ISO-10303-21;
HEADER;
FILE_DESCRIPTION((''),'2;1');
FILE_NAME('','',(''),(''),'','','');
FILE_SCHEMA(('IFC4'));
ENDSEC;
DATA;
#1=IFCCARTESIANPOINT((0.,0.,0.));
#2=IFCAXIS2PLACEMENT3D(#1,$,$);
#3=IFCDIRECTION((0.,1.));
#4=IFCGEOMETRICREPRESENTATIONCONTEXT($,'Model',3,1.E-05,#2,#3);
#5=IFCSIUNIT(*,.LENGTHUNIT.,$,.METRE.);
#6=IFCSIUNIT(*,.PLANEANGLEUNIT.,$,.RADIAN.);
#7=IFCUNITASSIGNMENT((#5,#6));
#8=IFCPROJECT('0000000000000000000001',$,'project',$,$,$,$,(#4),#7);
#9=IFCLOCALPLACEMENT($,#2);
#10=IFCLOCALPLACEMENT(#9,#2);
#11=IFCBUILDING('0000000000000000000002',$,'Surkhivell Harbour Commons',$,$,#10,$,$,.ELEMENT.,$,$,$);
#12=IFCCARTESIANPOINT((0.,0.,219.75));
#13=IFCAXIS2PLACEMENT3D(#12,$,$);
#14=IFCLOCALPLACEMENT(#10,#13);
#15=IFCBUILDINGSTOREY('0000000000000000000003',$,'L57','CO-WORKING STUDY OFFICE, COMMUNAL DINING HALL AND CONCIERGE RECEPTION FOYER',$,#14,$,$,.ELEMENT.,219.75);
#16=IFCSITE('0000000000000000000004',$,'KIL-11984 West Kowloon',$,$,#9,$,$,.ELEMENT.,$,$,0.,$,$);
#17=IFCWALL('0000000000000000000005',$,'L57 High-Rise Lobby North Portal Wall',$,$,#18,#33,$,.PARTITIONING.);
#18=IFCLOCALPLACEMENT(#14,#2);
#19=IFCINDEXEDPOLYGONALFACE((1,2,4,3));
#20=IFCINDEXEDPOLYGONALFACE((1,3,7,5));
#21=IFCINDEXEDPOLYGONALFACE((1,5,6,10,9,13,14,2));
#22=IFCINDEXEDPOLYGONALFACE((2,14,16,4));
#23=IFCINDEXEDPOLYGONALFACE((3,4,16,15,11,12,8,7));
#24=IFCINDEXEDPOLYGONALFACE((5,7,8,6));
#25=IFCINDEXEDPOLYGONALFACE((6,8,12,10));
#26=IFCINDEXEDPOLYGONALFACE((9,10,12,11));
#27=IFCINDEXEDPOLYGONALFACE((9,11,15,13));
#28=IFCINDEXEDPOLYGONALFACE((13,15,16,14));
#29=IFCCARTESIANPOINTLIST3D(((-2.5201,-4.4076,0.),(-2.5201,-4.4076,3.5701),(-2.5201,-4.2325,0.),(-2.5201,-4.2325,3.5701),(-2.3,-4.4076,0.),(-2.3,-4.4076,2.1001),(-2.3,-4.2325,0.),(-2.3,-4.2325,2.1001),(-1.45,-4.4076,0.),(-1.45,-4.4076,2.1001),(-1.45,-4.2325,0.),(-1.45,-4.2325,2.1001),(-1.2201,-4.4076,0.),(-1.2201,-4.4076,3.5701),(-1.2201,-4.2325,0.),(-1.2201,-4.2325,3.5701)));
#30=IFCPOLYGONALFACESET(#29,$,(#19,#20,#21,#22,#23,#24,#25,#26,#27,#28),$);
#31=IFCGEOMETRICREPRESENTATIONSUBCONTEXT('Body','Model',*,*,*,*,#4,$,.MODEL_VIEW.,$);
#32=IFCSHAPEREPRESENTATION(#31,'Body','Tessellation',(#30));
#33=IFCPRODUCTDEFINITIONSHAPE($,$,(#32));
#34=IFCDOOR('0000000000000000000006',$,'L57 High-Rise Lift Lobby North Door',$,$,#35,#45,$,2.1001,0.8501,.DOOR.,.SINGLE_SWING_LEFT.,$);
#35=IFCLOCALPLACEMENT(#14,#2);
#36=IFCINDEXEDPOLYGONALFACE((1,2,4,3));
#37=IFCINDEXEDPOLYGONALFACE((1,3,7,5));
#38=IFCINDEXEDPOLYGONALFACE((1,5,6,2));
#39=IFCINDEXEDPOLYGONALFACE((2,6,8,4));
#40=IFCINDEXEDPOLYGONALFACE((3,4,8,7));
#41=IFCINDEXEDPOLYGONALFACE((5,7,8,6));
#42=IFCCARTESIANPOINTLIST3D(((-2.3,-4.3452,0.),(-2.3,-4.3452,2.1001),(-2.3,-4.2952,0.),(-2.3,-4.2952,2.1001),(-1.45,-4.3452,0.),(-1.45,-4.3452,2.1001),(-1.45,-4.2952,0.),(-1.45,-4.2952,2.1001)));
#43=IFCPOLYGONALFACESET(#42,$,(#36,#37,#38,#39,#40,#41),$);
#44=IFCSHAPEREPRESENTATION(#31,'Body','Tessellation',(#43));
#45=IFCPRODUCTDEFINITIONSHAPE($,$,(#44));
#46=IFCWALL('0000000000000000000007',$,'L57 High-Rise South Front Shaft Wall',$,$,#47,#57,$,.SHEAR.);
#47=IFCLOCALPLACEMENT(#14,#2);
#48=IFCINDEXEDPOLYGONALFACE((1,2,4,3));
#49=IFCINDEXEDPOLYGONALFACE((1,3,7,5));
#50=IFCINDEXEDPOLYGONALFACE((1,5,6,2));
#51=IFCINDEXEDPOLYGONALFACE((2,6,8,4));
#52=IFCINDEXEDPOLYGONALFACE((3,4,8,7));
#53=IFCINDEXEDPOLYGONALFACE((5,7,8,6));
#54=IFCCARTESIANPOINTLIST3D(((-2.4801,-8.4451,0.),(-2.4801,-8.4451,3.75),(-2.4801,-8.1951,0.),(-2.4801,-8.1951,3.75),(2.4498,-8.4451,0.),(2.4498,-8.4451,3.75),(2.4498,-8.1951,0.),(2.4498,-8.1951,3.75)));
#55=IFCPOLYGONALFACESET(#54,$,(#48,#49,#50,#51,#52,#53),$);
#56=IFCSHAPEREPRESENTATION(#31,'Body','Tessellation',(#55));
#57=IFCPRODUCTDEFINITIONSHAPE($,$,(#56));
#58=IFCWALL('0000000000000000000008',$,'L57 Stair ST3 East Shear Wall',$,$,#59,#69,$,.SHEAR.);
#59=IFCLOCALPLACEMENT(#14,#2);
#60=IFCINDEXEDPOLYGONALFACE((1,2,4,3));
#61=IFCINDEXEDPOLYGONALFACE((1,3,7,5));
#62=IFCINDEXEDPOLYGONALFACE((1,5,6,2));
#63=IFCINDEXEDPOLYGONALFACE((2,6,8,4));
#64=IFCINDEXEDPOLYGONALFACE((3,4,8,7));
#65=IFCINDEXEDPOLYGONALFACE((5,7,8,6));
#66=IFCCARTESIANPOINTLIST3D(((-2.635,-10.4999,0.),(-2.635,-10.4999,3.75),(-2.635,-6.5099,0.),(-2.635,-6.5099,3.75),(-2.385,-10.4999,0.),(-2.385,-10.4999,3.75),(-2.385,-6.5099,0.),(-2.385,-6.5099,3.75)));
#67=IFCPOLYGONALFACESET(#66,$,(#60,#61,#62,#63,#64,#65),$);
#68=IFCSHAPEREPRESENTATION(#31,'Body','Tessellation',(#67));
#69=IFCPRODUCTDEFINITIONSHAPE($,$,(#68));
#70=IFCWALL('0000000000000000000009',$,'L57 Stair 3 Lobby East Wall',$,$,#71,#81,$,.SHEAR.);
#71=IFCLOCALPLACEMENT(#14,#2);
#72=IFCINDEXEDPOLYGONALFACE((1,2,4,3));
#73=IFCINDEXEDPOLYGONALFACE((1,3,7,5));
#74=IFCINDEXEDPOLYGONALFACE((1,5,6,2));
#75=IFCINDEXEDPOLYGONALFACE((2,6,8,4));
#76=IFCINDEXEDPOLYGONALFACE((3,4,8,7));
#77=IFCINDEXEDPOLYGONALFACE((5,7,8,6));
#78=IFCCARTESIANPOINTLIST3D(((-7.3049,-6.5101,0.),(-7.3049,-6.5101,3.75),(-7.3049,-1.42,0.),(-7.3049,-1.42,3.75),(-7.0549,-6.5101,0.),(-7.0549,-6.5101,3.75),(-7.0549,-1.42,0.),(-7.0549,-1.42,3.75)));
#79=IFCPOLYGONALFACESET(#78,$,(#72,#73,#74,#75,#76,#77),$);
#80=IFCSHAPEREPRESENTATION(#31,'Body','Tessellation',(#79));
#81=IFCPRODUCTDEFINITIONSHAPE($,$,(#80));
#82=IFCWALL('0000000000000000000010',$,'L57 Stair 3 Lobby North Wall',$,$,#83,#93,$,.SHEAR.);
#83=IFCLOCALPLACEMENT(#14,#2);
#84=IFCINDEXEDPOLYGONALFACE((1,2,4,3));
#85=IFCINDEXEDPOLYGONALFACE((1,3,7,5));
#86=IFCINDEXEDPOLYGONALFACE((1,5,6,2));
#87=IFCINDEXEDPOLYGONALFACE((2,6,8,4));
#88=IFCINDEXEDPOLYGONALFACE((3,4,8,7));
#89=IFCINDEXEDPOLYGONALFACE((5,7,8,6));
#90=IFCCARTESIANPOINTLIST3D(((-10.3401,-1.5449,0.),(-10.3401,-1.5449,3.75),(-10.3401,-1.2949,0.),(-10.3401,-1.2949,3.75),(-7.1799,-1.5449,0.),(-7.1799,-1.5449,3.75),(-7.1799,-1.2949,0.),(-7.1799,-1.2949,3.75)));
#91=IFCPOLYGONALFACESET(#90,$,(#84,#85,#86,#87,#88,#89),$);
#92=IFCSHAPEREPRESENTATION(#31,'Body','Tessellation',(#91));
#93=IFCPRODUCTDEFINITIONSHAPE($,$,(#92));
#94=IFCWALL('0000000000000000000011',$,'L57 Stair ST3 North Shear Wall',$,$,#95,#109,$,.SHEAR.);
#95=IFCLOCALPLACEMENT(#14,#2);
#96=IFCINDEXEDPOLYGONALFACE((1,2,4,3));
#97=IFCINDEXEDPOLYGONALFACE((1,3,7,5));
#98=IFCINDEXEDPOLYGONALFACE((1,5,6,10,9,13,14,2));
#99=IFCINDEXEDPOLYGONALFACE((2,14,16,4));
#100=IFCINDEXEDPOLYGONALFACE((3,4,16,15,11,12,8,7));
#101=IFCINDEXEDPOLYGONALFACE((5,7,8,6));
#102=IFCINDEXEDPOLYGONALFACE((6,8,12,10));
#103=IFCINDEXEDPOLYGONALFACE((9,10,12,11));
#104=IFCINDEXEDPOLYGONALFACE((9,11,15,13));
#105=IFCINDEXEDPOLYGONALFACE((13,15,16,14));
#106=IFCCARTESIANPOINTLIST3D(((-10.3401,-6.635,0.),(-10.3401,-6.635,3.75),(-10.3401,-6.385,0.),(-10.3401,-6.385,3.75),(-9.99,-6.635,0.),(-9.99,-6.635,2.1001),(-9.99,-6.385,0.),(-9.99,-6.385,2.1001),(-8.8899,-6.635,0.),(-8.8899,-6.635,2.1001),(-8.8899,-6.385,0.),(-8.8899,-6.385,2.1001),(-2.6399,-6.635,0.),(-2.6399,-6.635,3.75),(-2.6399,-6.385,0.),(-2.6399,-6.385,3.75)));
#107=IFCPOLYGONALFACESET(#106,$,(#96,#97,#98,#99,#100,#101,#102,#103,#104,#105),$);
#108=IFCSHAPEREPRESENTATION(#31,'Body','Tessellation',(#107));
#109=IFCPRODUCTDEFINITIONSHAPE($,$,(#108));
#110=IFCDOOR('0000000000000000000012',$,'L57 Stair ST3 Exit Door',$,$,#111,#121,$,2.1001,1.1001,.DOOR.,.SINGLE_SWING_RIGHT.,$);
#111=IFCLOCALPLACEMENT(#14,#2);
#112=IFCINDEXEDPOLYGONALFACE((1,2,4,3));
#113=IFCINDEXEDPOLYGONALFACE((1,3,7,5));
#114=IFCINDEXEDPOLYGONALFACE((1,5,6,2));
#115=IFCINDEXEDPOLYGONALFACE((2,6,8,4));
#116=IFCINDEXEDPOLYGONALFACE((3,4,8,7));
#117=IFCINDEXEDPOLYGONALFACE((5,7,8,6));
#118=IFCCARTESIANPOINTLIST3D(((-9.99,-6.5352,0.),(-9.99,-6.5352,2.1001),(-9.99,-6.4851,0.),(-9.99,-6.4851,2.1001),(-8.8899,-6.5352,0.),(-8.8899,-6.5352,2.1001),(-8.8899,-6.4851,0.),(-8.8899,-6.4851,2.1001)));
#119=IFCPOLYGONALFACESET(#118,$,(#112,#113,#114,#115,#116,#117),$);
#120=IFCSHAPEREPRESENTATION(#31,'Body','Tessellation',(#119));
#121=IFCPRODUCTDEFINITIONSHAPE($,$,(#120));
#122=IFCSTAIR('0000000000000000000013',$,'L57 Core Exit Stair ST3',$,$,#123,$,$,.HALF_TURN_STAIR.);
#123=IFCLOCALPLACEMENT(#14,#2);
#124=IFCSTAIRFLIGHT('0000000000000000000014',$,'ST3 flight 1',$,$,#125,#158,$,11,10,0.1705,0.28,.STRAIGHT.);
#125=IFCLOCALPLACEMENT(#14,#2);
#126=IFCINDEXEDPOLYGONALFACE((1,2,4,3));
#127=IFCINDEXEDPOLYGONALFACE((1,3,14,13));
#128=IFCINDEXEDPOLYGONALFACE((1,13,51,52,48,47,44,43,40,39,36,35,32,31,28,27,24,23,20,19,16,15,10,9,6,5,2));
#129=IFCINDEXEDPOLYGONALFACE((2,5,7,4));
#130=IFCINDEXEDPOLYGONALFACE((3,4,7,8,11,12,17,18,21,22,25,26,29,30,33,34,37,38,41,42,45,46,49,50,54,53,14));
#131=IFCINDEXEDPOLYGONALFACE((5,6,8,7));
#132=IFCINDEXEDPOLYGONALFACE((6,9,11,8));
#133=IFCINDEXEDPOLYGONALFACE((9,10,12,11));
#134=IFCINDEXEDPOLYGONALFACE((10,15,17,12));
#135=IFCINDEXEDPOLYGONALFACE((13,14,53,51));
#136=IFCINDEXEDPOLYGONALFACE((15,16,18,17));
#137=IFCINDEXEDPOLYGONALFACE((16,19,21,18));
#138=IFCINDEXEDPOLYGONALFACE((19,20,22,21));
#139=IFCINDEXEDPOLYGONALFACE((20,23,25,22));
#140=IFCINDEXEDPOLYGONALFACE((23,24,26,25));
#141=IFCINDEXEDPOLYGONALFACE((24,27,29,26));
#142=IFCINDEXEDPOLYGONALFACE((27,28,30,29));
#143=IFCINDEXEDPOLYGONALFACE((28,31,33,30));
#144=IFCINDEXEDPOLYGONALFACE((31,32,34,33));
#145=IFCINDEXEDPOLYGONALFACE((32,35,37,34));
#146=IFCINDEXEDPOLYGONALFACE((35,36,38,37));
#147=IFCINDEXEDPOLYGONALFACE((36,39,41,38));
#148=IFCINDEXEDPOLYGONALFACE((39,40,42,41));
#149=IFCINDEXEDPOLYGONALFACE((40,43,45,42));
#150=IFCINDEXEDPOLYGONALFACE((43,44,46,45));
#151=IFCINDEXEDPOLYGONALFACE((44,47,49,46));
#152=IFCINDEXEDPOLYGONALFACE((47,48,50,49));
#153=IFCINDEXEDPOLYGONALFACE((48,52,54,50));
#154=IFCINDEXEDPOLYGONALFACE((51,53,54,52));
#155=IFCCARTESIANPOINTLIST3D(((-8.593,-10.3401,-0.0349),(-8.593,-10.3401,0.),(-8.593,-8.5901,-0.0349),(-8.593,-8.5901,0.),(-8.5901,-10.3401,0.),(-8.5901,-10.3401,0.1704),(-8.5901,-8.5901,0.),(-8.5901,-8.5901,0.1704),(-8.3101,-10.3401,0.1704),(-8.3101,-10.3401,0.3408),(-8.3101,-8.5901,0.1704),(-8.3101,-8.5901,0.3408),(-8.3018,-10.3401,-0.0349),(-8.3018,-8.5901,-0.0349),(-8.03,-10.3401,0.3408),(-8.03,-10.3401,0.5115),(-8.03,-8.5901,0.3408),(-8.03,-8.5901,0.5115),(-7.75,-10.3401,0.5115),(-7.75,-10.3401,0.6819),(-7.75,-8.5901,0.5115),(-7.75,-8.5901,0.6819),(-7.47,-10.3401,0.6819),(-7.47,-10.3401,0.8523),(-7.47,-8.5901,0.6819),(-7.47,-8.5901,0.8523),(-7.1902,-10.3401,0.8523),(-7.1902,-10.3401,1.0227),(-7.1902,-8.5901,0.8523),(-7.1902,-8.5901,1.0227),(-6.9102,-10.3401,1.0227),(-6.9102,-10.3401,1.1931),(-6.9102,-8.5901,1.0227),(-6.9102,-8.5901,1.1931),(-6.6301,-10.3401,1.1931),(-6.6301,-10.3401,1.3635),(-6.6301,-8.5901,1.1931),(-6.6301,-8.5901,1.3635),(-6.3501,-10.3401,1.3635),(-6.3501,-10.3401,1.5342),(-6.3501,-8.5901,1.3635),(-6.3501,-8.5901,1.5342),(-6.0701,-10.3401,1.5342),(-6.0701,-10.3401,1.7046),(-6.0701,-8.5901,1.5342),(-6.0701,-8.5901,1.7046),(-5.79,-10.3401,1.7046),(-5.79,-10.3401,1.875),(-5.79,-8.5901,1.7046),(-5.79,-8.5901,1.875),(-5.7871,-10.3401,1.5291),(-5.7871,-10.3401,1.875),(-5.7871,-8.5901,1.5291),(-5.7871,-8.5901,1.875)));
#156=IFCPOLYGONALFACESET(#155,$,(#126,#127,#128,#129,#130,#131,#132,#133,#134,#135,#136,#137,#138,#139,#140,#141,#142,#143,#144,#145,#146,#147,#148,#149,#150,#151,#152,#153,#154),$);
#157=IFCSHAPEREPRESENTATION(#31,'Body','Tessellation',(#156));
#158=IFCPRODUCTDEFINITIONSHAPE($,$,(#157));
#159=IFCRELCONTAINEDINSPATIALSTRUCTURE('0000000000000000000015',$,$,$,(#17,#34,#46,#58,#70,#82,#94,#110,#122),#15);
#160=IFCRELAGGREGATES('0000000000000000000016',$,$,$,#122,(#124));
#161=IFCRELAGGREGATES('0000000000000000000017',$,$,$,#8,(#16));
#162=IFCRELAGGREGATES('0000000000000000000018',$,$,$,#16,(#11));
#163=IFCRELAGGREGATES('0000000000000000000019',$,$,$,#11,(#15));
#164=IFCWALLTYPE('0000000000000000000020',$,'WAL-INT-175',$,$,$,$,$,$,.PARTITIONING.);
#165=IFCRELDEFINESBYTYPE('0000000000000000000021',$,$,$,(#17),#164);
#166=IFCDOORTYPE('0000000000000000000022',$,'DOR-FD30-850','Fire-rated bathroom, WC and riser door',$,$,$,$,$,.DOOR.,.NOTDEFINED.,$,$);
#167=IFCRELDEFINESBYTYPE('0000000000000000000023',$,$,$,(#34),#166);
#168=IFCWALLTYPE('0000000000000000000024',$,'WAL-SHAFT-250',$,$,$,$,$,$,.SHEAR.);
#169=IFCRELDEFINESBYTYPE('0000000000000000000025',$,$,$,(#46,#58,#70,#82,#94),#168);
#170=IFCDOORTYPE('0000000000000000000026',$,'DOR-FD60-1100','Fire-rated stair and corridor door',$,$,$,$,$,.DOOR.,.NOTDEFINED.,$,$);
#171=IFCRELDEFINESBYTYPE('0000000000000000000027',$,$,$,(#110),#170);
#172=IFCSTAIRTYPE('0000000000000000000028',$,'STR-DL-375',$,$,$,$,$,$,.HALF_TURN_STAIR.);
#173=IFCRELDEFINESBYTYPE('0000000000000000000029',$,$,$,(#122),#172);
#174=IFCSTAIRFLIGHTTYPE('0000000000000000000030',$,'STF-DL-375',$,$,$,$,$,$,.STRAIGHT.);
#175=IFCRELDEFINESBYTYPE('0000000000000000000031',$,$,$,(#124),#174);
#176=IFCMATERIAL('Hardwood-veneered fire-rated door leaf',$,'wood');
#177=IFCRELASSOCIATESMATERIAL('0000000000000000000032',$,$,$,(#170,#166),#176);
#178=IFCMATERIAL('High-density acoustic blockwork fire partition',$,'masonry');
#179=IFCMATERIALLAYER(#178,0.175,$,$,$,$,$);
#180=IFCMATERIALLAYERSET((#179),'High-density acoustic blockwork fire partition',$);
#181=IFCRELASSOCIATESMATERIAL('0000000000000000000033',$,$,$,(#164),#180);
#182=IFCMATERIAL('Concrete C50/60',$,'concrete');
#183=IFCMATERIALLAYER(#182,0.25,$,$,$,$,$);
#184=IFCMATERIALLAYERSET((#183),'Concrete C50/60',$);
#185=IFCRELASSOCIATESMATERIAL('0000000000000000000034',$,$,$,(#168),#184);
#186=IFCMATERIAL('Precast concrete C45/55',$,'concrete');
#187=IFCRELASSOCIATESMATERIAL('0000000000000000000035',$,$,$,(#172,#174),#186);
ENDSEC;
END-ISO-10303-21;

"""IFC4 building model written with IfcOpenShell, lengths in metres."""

from ifc_helpers import new_model, si_unit, direction, frame, frame_2d, origin, place, context, subcontext, project, spatial, polyline, rectangle, outline, extrude, material, layer, layer_set, type_object, element, fill, aggregate, save


model = new_model("IFC4")

# Units and contexts
model_context = context("Model", 3, precision=1e-05, world=origin(), true_north=direction((0.0, 1.0)))
body_context = subcontext(model_context, "Body", "Model", "MODEL_VIEW")
ifc_project = project(units=[si_unit("LENGTHUNIT", "METRE"), si_unit("PLANEANGLEUNIT", "RADIAN")], contexts=[model_context])

# Site, building, storey
site_placement = place(None, origin())
site = spatial("IfcSite", under=ifc_project, at=site_placement, Name="KIL-11984 West Kowloon", CompositionType="ELEMENT", RefElevation=0.0)
building_placement = place(site_placement, origin())
building = spatial("IfcBuilding", under=site, at=building_placement, Name="Surkhivell Harbour Commons", CompositionType="ELEMENT")
storey_placement = place(building_placement, frame((0.0, 0.0, 219.75)))
storey = spatial("IfcBuildingStorey", under=building, at=storey_placement, Name="L57", Description="CO-WORKING STUDY OFFICE, COMMUNAL DINING HALL AND CONCIERGE RECEPTION FOYER", CompositionType="ELEMENT", Elevation=219.75)

# Shared definitions
ifc_material_1 = material(Name="Hardwood-veneered fire-rated door leaf", Category="wood")
door_type_1 = type_object("IfcDoorType", Name="DOR-FD60-1100", Description="Fire-rated stair and corridor door", OperationType="NOTDEFINED", PredefinedType="DOOR", material=ifc_material_1)
door_type_2 = type_object("IfcDoorType", Name="DOR-FD30-850", Description="Fire-rated bathroom, WC and riser door", OperationType="NOTDEFINED", PredefinedType="DOOR", material=ifc_material_1)
ifc_material_2 = material(Name="High-density acoustic blockwork fire partition", Category="masonry")
ifc_layer_1 = layer(ifc_material_2, 0.175)
ifc_layer_set_1 = layer_set([ifc_layer_1], Name="High-density acoustic blockwork fire partition")
wall_type_1 = type_object("IfcWallType", Name="WAL-INT-175", PredefinedType="PARTITIONING", material=ifc_layer_set_1)

# Wall, opening, door
wall_1_placement = place(storey_placement, frame((-2.52, -4.3201, 0.0), z_axis=(0.0, 0.0, 1.0), x_axis=(1.0, 0.0, 0.0)))
wall_1 = element("IfcWall", 1, at=wall_1_placement, inside=storey, type_object=wall_type_1, Name="L57 High-Rise Lobby North Portal Wall", PredefinedType="PARTITIONING", context=body_context, shape_type="SweptSolid", body=[
    extrude(rectangle(XDim=1.3, YDim=0.175, at=frame_2d((0.6499, 0.0))), origin(), (0.0, 0.0, 1.0), 3.5701),
])
opening_1_placement = place(wall_1_placement, frame((0.22, 0.0, 0.0)))
opening_1 = element("IfcOpeningElement", 2, at=opening_1_placement, cuts=wall_1, PredefinedType="OPENING", context=body_context, shape_type="SweptSolid", body=[
    extrude(rectangle(XDim=0.8501, YDim=2.1001, at=frame_2d((0.425, 1.05))), frame((0.0, 0.0974, 0.0), z_axis=(0.0, -1.0, 0.0), x_axis=(1.0, 0.0, 0.0)), (0.0, 0.0, 1.0), 0.1951),
])
door_1_placement = place(opening_1_placement, origin())
door_1 = element("IfcDoor", 3, at=door_1_placement, inside=storey, type_object=door_type_2, Name="L57 High-Rise Lift Lobby North Door", OperationType="SINGLE_SWING_LEFT", OverallHeight=2.1001, OverallWidth=0.8501, PredefinedType="DOOR", context=body_context, shape_type="SweptSolid", body=[
    extrude(rectangle(XDim=0.8501, YDim=2.1001, at=frame_2d((0.425, 1.05))), frame((0.0, 0.0249, 0.0), z_axis=(0.0, -1.0, 0.0), x_axis=(1.0, 0.0, 0.0)), (0.0, 0.0, 1.0), 0.05),
])
fill(opening_1, door_1)

# Walls
ifc_material_3 = material(Name="Concrete C50/60", Category="concrete")
ifc_layer_2 = layer(ifc_material_3, 0.25)
ifc_layer_set_2 = layer_set([ifc_layer_2], Name="Concrete C50/60")
wall_type_2 = type_object("IfcWallType", Name="WAL-SHAFT-250", PredefinedType="SHEAR", material=ifc_layer_set_2)
wall_2_placement = place(storey_placement, frame((-2.48, -8.3201, 0.0), z_axis=(0.0, 0.0, 1.0), x_axis=(1.0, 0.0, 0.0)))
element("IfcWall", 4, at=wall_2_placement, inside=storey, type_object=wall_type_2, Name="L57 High-Rise South Front Shaft Wall", PredefinedType="SHEAR", context=body_context, shape_type="SweptSolid", body=[
    extrude(rectangle(XDim=4.9299, YDim=0.25, at=frame_2d((2.4648, 0.0))), origin(), (0.0, 0.0, 1.0), 3.75),
])
wall_3_placement = place(storey_placement, frame((-2.51, -10.5, 0.0), z_axis=(0.0, 0.0, 1.0), x_axis=(0.0, 1.0, 0.0)))
element("IfcWall", 5, at=wall_3_placement, inside=storey, type_object=wall_type_2, Name="L57 Stair ST3 East Shear Wall", PredefinedType="SHEAR", context=body_context, shape_type="SweptSolid", body=[
    extrude(rectangle(XDim=3.99, YDim=0.25, at=frame_2d((1.9951, 0.0))), origin(), (0.0, 0.0, 1.0), 3.75),
])
wall_4_placement = place(storey_placement, frame((-7.1799, -6.51, 0.0), z_axis=(0.0, 0.0, 1.0), x_axis=(0.0, 1.0, 0.0)))
element("IfcWall", 6, at=wall_4_placement, inside=storey, type_object=wall_type_2, Name="L57 Stair 3 Lobby East Wall", PredefinedType="SHEAR", context=body_context, shape_type="SweptSolid", body=[
    extrude(rectangle(XDim=5.0901, YDim=0.25, at=frame_2d((2.5449, 0.0))), origin(), (0.0, 0.0, 1.0), 3.75),
])
wall_5_placement = place(storey_placement, frame((-10.3401, -1.4199, 0.0), z_axis=(0.0, 0.0, 1.0), x_axis=(1.0, 0.0, 0.0)))
element("IfcWall", 7, at=wall_5_placement, inside=storey, type_object=wall_type_2, Name="L57 Stair 3 Lobby North Wall", PredefinedType="SHEAR", context=body_context, shape_type="SweptSolid", body=[
    extrude(rectangle(XDim=3.1602, YDim=0.25, at=frame_2d((1.5801, 0.0))), origin(), (0.0, 0.0, 1.0), 3.75),
])

# Wall, opening, door
wall_6_placement = place(storey_placement, frame((-10.3401, -6.51, 0.0), z_axis=(0.0, 0.0, 1.0), x_axis=(1.0, 0.0, 0.0)))
wall_6 = element("IfcWall", 8, at=wall_6_placement, inside=storey, type_object=wall_type_2, Name="L57 Stair ST3 North Shear Wall", PredefinedType="SHEAR", context=body_context, shape_type="SweptSolid", body=[
    extrude(rectangle(XDim=7.7002, YDim=0.25, at=frame_2d((3.8501, 0.0))), origin(), (0.0, 0.0, 1.0), 3.75),
])
opening_2_placement = place(wall_6_placement, frame((0.3501, 0.0, 0.0)))
opening_2 = element("IfcOpeningElement", 9, at=opening_2_placement, cuts=wall_6, PredefinedType="OPENING", context=body_context, shape_type="SweptSolid", body=[
    extrude(rectangle(XDim=1.1001, YDim=2.1001, at=frame_2d((0.55, 1.05))), frame((0.0, 0.135, 0.0), z_axis=(0.0, -1.0, 0.0), x_axis=(1.0, 0.0, 0.0)), (0.0, 0.0, 1.0), 0.27),
])
door_2_placement = place(opening_2_placement, origin())
door_2 = element("IfcDoor", 10, at=door_2_placement, inside=storey, type_object=door_type_1, Name="L57 Stair ST3 Exit Door", OperationType="SINGLE_SWING_RIGHT", OverallHeight=2.1001, OverallWidth=1.1001, PredefinedType="DOOR", context=body_context, shape_type="SweptSolid", body=[
    extrude(rectangle(XDim=1.1001, YDim=2.1001, at=frame_2d((0.55, 1.05))), frame((0.0, 0.0249, 0.0), z_axis=(0.0, -1.0, 0.0), x_axis=(1.0, 0.0, 0.0)), (0.0, 0.0, 1.0), 0.05),
])
fill(opening_2, door_2)

# Stair, stair flight
ifc_material_4 = material(Name="Precast concrete C45/55", Category="concrete")
stair_type = type_object("IfcStairType", Name="STR-DL-375", PredefinedType="HALF_TURN_STAIR", material=ifc_material_4)
stair_placement = place(storey_placement, origin())
stair = element("IfcStair", 11, at=stair_placement, inside=storey, type_object=stair_type, Name="L57 Core Exit Stair ST3", PredefinedType="HALF_TURN_STAIR")
stair_flight_type = type_object("IfcStairFlightType", Name="STF-DL-375", PredefinedType="STRAIGHT", material=ifc_material_4)
stair_flight_1_placement = place(storey_placement, frame((-8.5901, -9.4651, 0.0), z_axis=(0.0, 0.0, 1.0), x_axis=(1.0, 0.0, 0.0)))
stair_flight_1 = element("IfcStairFlight", 12, at=stair_flight_1_placement, type_object=stair_flight_type, Name="ST3 flight 1", NumberOfRisers=11, NumberOfTreads=10, PredefinedType="STRAIGHT", RiserHeight=0.1705, TreadLength=0.28, context=body_context, shape_type="SweptSolid", body=[
    extrude(outline(polyline([(-0.0029, -0.0349), (-0.0029, 0.0), (0.0, 0.0), (0.0, 0.1704), (0.28, 0.1704), (0.28, 0.3408), (0.5601, 0.3408), (0.5601, 0.5115), (0.8401, 0.5115), (0.8401, 0.6819), (1.1201, 0.6819), (1.1201, 0.8523), (1.3999, 0.8523), (1.3999, 1.0227), (1.6799, 1.0227), (1.6799, 1.1931), (1.96, 1.1931), (1.96, 1.3635), (2.24, 1.3635), (2.24, 1.5342), (2.52, 1.5342), (2.52, 1.7046), (2.8, 1.7046), (2.8, 1.875), (2.803, 1.875), (2.803, 1.5291), (0.2883, -0.0349), (-0.0029, -0.0349)])), frame((0.0, 0.875, 0.0), z_axis=(0.0, -1.0, 0.0), x_axis=(1.0, 0.0, 0.0)), (0.0, 0.0, 1.0), 1.75),
])
aggregate(stair, [stair_flight_1])

save(model, "model.ifc")
